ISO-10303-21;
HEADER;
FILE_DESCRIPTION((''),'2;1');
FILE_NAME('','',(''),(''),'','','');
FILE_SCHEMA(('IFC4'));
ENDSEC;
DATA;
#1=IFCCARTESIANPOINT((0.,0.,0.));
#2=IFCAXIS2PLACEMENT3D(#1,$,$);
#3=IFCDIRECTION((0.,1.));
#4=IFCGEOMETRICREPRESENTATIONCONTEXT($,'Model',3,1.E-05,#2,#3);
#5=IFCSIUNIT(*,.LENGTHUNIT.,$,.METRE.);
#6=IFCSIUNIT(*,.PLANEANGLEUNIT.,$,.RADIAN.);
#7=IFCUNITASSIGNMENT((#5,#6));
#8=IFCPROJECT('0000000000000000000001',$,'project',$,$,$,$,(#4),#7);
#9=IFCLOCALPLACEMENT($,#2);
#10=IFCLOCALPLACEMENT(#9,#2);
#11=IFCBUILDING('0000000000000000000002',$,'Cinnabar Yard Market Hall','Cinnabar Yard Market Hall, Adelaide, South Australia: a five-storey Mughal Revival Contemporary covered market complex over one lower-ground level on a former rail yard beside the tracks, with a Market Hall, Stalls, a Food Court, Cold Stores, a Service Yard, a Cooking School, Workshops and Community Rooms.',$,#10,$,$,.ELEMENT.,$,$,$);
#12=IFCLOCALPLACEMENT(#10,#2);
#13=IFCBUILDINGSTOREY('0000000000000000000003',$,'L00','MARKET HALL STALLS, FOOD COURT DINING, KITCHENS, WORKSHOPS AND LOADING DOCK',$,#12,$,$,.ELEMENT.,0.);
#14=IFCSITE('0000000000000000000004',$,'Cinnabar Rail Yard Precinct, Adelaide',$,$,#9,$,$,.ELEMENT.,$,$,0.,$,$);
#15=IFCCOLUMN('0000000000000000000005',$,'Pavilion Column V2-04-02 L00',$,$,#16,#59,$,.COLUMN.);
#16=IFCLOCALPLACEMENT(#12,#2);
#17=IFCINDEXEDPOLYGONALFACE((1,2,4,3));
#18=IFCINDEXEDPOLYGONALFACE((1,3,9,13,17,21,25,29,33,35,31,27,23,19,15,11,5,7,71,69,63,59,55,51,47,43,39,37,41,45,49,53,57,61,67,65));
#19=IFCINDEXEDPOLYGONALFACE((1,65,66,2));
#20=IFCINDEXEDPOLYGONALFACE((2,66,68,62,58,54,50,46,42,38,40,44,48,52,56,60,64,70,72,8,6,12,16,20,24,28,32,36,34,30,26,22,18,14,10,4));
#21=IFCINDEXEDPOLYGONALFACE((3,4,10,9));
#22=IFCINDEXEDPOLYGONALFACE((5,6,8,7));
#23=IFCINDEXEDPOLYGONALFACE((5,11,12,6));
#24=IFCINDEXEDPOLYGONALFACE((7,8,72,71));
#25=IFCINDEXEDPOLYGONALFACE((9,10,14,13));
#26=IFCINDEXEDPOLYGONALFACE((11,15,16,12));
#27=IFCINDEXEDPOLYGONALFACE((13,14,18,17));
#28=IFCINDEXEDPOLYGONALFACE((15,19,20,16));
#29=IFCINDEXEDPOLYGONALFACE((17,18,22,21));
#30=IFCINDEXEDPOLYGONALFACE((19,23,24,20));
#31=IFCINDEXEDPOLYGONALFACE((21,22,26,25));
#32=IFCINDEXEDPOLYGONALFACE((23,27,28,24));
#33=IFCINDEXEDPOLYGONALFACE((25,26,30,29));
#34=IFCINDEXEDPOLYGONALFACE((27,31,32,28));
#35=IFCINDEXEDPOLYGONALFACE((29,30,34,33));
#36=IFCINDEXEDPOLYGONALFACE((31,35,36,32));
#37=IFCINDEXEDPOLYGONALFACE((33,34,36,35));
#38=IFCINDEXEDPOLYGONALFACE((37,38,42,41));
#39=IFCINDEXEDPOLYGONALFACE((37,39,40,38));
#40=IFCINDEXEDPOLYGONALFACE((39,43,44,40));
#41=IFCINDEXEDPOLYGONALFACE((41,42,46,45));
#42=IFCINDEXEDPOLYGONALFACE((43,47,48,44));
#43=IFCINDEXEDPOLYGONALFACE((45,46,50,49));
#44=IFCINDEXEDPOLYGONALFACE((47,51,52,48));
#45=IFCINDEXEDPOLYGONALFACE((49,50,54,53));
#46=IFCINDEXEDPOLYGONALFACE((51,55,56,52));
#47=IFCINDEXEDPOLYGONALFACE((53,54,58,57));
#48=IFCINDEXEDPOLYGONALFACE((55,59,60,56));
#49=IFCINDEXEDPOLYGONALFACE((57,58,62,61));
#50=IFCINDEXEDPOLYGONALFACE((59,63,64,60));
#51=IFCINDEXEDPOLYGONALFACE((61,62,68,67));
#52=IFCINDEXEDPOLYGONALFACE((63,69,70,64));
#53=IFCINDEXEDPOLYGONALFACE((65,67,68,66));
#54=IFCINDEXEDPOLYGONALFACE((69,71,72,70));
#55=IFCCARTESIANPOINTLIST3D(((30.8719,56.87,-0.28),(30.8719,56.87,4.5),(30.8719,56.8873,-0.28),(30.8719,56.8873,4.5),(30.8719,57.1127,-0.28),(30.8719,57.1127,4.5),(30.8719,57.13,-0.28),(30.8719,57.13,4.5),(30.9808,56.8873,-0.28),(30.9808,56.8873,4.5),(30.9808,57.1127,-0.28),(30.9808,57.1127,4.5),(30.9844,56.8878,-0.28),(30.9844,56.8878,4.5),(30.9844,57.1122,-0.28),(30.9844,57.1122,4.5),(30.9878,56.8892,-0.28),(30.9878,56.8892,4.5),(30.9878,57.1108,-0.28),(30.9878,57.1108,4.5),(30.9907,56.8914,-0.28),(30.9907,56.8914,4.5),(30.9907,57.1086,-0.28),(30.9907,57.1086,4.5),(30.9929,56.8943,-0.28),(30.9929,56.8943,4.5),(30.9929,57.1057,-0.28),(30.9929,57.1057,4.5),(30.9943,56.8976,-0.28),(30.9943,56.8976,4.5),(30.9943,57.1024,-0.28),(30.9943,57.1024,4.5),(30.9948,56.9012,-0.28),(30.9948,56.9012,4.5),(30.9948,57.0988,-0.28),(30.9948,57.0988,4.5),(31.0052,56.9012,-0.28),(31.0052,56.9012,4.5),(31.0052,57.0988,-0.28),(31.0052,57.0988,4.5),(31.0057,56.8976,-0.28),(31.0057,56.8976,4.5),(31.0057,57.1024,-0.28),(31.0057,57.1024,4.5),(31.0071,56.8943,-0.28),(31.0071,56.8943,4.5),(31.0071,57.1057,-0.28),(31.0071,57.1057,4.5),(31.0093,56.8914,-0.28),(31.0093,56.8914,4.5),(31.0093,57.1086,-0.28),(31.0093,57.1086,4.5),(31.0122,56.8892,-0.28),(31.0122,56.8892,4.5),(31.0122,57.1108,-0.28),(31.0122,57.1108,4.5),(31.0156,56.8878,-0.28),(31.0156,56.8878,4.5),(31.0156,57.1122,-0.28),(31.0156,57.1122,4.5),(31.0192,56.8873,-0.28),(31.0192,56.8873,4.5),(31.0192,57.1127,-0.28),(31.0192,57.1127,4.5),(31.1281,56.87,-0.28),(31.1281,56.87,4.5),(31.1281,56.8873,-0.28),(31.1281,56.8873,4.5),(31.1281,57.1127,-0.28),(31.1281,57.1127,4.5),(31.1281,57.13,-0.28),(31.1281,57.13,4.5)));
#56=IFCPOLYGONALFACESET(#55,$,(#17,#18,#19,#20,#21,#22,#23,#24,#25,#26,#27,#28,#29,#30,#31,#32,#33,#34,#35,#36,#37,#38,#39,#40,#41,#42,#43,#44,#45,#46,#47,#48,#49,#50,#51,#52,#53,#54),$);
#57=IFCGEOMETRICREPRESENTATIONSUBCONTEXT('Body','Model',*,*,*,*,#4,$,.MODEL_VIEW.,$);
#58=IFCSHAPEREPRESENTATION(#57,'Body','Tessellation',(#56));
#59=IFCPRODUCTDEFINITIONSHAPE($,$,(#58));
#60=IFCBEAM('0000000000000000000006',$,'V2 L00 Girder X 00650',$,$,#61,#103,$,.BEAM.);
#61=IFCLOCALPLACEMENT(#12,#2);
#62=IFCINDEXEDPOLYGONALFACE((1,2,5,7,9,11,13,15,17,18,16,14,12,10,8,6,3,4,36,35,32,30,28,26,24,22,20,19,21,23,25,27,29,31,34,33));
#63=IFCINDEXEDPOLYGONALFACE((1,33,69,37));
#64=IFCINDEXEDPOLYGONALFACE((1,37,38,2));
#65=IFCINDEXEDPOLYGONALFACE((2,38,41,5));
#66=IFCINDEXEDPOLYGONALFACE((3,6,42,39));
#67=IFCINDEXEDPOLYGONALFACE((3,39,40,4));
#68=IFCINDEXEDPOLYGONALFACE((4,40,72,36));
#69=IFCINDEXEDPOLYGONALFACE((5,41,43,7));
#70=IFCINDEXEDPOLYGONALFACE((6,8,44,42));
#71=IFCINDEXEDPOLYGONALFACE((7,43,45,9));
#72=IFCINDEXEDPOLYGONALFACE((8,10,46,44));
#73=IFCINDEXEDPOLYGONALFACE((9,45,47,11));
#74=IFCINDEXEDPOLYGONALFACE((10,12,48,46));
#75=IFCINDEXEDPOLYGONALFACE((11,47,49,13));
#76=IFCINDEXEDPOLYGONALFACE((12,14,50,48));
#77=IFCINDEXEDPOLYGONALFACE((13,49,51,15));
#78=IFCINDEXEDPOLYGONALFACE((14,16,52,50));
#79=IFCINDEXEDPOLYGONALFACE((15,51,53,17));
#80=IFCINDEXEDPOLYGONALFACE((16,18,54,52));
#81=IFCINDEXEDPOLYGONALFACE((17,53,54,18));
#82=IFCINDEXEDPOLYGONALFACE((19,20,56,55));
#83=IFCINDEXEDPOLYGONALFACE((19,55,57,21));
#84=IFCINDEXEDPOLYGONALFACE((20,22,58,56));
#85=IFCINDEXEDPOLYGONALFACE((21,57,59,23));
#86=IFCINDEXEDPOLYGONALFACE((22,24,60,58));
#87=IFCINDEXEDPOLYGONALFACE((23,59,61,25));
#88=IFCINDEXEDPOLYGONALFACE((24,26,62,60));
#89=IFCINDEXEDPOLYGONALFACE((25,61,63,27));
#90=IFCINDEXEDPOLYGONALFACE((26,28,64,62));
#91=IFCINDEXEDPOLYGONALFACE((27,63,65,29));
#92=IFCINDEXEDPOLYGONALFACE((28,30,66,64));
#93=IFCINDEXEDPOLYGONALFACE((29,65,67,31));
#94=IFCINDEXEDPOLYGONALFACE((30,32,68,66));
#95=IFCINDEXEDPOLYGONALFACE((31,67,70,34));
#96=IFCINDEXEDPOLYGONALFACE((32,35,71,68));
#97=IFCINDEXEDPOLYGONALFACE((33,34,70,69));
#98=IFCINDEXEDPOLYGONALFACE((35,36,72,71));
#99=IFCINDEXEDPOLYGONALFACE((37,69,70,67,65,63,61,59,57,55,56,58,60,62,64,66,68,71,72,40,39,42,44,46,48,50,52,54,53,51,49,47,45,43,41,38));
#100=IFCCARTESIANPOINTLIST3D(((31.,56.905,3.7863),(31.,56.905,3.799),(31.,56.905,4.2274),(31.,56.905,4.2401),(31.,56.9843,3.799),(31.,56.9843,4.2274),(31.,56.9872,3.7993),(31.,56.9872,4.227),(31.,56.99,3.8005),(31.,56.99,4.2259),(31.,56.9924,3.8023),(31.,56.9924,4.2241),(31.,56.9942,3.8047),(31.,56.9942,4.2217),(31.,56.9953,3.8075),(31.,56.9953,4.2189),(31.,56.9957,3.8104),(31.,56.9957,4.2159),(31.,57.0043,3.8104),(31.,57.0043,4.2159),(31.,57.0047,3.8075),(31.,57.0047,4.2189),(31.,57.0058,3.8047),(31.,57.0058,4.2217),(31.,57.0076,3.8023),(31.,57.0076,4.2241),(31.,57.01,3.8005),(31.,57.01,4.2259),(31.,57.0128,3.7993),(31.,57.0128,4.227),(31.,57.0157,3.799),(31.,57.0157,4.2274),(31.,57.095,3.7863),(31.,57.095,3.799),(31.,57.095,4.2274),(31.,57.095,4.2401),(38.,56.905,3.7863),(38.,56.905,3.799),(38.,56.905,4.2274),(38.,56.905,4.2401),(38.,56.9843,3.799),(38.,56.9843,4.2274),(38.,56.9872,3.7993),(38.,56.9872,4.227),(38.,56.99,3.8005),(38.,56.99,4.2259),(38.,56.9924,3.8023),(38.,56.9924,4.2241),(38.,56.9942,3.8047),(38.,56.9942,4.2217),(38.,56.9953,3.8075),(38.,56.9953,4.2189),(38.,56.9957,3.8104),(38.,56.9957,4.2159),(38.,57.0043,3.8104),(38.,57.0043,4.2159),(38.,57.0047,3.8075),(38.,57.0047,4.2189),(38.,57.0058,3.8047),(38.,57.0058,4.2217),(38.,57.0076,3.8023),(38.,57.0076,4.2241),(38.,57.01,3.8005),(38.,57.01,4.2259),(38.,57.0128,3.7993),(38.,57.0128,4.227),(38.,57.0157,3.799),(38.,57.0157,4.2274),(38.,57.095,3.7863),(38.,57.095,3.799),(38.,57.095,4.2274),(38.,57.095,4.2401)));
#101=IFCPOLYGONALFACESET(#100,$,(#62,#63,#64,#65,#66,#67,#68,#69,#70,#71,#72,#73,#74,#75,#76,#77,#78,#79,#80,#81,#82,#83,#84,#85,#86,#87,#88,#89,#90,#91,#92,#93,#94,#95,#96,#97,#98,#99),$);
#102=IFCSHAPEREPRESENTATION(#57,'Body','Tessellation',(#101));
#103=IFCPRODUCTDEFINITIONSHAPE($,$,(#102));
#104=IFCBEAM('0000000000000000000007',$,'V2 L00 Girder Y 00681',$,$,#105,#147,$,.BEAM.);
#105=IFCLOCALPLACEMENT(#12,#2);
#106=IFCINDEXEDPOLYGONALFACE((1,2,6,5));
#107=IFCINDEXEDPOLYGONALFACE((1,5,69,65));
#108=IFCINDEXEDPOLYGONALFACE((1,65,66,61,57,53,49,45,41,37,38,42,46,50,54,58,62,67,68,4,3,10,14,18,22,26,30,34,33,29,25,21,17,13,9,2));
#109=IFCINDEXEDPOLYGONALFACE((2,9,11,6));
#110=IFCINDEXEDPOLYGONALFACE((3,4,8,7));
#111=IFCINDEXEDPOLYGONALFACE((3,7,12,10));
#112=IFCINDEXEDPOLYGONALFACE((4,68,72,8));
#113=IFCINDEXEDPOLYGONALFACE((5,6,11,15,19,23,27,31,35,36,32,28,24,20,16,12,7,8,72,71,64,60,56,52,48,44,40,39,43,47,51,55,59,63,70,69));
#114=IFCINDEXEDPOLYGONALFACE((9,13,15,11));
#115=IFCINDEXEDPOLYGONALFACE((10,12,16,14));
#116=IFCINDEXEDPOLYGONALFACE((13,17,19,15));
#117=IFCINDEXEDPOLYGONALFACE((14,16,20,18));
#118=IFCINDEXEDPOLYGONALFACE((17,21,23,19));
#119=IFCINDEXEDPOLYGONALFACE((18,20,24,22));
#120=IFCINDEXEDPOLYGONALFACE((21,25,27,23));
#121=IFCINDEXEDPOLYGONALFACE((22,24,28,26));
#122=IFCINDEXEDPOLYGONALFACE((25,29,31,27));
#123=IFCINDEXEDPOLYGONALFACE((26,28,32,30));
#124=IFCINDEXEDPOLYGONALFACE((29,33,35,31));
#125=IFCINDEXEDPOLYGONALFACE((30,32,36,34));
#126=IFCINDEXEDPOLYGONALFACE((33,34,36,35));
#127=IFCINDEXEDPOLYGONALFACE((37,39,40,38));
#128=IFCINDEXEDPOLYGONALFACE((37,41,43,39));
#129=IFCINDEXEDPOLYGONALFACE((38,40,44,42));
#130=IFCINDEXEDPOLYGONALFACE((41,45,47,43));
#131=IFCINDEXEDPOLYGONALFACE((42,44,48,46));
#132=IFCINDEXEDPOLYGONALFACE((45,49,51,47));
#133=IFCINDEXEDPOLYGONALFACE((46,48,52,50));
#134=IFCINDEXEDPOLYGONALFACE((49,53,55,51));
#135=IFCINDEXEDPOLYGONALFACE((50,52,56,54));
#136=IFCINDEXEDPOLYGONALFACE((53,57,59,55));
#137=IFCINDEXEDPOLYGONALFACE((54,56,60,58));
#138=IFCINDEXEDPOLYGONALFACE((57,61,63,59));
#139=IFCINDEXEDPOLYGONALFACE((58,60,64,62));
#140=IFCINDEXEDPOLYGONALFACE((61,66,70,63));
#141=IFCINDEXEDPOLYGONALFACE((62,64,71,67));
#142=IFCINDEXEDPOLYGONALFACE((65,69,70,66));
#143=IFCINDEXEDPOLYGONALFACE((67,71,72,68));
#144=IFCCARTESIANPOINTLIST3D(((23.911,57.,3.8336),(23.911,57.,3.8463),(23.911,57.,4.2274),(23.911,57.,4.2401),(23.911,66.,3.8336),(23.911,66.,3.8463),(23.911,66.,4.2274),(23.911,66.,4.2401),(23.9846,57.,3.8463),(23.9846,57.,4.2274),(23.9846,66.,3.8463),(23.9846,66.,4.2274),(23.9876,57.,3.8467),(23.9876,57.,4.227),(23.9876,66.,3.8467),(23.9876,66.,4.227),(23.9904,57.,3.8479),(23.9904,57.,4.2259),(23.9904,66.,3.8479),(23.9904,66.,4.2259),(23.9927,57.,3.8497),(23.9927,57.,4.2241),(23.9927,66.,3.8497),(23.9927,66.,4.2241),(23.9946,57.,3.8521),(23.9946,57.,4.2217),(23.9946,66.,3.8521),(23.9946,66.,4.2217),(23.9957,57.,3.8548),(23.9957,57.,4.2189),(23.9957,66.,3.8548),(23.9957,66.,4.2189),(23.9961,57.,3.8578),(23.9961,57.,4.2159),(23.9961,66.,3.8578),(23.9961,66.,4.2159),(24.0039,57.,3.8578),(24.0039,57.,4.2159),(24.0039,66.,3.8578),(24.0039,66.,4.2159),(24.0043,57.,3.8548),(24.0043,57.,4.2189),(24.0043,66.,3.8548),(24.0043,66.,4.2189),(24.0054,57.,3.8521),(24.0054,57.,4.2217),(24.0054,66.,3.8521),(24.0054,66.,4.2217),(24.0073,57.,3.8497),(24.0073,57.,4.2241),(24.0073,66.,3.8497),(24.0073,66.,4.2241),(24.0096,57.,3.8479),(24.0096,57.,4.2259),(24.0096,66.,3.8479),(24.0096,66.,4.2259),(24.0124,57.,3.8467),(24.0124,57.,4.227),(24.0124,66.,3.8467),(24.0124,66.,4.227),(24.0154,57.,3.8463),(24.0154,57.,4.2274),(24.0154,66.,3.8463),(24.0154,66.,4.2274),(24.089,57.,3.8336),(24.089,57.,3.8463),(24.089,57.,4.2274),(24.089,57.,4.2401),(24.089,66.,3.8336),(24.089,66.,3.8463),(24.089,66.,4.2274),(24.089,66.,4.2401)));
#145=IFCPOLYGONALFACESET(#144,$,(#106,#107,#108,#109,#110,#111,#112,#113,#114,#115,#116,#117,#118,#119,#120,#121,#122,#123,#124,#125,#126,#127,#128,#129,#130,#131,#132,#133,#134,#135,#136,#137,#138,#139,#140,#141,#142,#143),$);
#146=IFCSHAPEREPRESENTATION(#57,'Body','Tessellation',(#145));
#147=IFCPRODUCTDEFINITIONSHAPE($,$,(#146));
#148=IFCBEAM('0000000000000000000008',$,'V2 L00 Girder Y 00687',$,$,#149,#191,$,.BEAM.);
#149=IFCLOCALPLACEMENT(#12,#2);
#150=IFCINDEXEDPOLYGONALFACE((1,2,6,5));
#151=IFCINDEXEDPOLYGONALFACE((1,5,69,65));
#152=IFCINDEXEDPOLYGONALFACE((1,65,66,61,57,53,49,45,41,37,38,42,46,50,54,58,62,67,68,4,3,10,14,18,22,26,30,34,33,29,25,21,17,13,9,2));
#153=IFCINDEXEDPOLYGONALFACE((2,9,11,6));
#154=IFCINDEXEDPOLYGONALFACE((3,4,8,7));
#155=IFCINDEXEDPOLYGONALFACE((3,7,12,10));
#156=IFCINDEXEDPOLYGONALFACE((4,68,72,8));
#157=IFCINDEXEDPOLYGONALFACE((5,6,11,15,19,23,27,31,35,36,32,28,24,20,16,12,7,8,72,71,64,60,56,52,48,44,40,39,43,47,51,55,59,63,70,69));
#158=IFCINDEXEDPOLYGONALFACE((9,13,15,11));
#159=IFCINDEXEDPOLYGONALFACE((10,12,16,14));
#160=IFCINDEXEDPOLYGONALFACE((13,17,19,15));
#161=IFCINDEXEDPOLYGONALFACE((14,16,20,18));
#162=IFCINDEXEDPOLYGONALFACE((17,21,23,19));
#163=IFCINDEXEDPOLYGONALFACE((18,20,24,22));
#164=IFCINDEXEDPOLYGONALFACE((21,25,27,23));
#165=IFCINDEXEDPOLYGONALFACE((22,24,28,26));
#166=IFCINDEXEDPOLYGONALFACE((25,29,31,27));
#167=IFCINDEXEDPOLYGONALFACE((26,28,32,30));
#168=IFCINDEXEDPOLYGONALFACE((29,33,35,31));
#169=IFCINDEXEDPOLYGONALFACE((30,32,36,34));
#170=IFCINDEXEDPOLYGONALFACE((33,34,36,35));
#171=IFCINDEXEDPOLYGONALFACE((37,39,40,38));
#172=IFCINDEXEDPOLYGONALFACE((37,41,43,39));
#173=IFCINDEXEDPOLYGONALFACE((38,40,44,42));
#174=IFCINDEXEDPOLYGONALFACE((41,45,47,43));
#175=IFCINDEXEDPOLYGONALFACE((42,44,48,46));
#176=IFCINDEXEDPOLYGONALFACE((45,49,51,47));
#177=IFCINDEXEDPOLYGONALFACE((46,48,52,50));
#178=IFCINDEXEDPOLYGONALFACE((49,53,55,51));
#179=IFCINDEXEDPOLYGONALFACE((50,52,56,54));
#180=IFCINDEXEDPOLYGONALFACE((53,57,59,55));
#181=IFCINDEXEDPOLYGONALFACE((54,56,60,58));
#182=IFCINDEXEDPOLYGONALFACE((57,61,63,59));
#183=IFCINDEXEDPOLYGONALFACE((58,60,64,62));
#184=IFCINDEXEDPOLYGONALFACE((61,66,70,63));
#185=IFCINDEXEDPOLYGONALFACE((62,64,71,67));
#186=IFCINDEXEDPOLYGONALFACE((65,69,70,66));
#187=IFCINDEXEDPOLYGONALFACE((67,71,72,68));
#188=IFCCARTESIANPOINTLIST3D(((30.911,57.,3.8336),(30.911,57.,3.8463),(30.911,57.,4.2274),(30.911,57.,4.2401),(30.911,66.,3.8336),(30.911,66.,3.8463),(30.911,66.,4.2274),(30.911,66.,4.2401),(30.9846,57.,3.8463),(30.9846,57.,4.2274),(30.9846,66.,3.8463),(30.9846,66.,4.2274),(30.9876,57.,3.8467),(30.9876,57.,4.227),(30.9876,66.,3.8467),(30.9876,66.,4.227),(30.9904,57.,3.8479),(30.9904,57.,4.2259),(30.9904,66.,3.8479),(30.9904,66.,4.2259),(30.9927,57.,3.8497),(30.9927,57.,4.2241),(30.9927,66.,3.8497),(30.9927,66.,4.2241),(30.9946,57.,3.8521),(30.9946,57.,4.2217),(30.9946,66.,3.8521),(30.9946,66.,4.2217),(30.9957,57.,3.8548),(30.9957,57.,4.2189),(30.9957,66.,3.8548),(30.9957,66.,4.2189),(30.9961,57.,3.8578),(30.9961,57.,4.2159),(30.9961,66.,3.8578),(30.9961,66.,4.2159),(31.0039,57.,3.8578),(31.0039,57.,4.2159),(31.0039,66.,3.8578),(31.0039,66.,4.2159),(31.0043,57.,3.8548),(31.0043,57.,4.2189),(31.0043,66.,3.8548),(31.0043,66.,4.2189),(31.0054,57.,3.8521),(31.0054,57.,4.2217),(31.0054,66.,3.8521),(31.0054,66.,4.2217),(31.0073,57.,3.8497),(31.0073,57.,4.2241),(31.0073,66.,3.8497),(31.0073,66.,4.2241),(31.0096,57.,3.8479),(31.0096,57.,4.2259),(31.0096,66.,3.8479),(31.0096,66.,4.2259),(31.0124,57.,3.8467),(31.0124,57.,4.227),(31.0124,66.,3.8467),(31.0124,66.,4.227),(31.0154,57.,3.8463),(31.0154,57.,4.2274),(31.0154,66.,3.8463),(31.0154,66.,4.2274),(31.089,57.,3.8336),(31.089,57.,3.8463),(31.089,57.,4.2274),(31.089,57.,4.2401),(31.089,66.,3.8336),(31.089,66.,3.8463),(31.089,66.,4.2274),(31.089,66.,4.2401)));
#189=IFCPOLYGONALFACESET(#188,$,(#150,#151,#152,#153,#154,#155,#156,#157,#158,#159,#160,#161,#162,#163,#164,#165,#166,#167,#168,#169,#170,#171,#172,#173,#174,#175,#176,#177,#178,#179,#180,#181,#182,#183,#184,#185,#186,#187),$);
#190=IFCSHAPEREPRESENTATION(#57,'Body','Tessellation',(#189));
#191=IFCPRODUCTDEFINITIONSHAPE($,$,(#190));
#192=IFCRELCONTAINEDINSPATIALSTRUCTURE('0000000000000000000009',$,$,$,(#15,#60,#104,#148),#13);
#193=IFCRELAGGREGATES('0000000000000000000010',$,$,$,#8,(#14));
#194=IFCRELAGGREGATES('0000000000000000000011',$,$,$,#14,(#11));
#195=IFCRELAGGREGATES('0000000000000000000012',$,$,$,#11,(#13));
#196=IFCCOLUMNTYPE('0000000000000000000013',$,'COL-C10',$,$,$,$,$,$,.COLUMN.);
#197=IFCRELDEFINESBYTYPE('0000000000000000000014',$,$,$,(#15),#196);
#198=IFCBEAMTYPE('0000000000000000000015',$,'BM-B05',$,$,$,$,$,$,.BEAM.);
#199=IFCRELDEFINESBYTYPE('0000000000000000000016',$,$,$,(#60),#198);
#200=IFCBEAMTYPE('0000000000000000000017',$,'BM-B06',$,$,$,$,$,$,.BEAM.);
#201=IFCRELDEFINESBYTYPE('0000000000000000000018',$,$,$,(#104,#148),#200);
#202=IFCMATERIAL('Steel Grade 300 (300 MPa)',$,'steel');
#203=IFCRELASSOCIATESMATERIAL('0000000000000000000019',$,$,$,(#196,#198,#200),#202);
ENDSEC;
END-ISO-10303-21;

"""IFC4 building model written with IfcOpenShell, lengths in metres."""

from ifc_helpers import new_model, si_unit, direction, frame, origin, origin_2d_with_axis, place, context, subcontext, project, spatial, i_section, extrude, material, material_profile, profile_set, type_object, element, save


model = new_model("IFC4")

# Units and contexts
model_context = context("Model", 3, precision=1e-05, world=origin(), true_north=direction((0.0, 1.0)))
body_context = subcontext(model_context, "Body", "Model", "MODEL_VIEW")
ifc_project = project(units=[si_unit("LENGTHUNIT", "METRE"), si_unit("PLANEANGLEUNIT", "RADIAN")], contexts=[model_context])

# Site, building, storey
site_placement = place(None, origin())
site = spatial("IfcSite", under=ifc_project, at=site_placement, Name="Cinnabar Rail Yard Precinct, Adelaide", CompositionType="ELEMENT", RefElevation=0.0)
building_placement = place(site_placement, origin())
building = spatial("IfcBuilding", under=site, at=building_placement, Name="Cinnabar Yard Market Hall", Description="Cinnabar Yard Market Hall, Adelaide, South Australia: a five-storey Mughal Revival Contemporary covered market complex over one lower-ground level on a former rail yard beside the tracks, with a Market Hall, Stalls, a Food Court, Cold Stores, a Service Yard, a Cooking School, Workshops and Community Rooms.", CompositionType="ELEMENT")
storey_placement = place(building_placement, origin())
storey = spatial("IfcBuildingStorey", under=building, at=storey_placement, Name="L00", Description="MARKET HALL STALLS, FOOD COURT DINING, KITCHENS, WORKSHOPS AND LOADING DOCK", CompositionType="ELEMENT", Elevation=0.0)

# Column
ifc_material_1 = material(Name="Steel Grade 300 (300 MPa)", Category="steel")
ifc_material_profile_1 = material_profile(ifc_material_1, i_section(OverallWidth=0.2561, OverallDepth=0.26, WebThickness=0.0105, FlangeThickness=0.0173, FilletRadius=0.0139, at=origin_2d_with_axis()), Name="250UC89.5")
ifc_profile_set_1 = profile_set([ifc_material_profile_1], Name="Steel Grade 300 (300 MPa)")
column_type = type_object("IfcColumnType", Name="COL-C10", PredefinedType="COLUMN", material=ifc_profile_set_1)
column_placement = place(storey_placement, frame((31.0, 57.0, -0.28), z_axis=(0.0, 0.0, 1.0), x_axis=(1.0, 0.0, 0.0)))
element("IfcColumn", 1, at=column_placement, inside=storey, type_object=column_type, Name="Pavilion Column V2-04-02 L00", PredefinedType="COLUMN", context=body_context, shape_type="SweptSolid", body=[
    extrude(i_section(OverallWidth=0.2561, OverallDepth=0.26, WebThickness=0.0105, FlangeThickness=0.0173, FilletRadius=0.0139, at=origin_2d_with_axis()), origin(), (0.0, 0.0, 1.0), 4.78),
])

# Beams
ifc_material_profile_2 = material_profile(ifc_material_1, i_section(OverallWidth=0.1899, OverallDepth=0.4539, WebThickness=0.0085, FlangeThickness=0.0127, FilletRadius=0.0115, at=origin_2d_with_axis()), Name="460UB67.1")
ifc_profile_set_2 = profile_set([ifc_material_profile_2], Name="Steel Grade 300 (300 MPa)")
beam_type_1 = type_object("IfcBeamType", Name="BM-B05", PredefinedType="BEAM", material=ifc_profile_set_2)
beam_1_placement = place(storey_placement, frame((31.0, 57.0, 4.0132), z_axis=(1.0, 0.0, 0.0), x_axis=(0.0, 1.0, 0.0)))
element("IfcBeam", 2, at=beam_1_placement, inside=storey, type_object=beam_type_1, Name="V2 L00 Girder X 00650", PredefinedType="BEAM", context=body_context, shape_type="SweptSolid", body=[
    extrude(i_section(OverallWidth=0.1899, OverallDepth=0.4539, WebThickness=0.0085, FlangeThickness=0.0127, FilletRadius=0.0115, at=origin_2d_with_axis()), origin(), (0.0, 0.0, 1.0), 7.0),
])
ifc_material_profile_3 = material_profile(ifc_material_1, i_section(OverallWidth=0.178, OverallDepth=0.4065, WebThickness=0.0078, FlangeThickness=0.0127, FilletRadius=0.0115, at=origin_2d_with_axis()), Name="410UB59.7")
ifc_profile_set_3 = profile_set([ifc_material_profile_3], Name="Steel Grade 300 (300 MPa)")
beam_type_2 = type_object("IfcBeamType", Name="BM-B06", PredefinedType="BEAM", material=ifc_profile_set_3)
for number, where, z_axis, x_axis, name in (
    (3, (24.0, 57.0, 4.0369), (0.0, 1.0, 0.0), (-1.0, 0.0, 0.0), "V2 L00 Girder Y 00681"),
    (4, (31.0, 57.0, 4.0369), (0.0, 1.0, 0.0), (-1.0, 0.0, 0.0), "V2 L00 Girder Y 00687"),
):
    element("IfcBeam", number, at=place(storey_placement, frame(where, z_axis=z_axis, x_axis=x_axis)), inside=storey, type_object=beam_type_2, Name=name, PredefinedType="BEAM", context=body_context, shape_type="SweptSolid", body=[
        extrude(i_section(OverallWidth=0.178, OverallDepth=0.4065, WebThickness=0.0078, FlangeThickness=0.0127, FilletRadius=0.0115, at=origin_2d_with_axis()), origin(), (0.0, 0.0, 1.0), 9.0),
    ])

save(model, "model.ifc")
